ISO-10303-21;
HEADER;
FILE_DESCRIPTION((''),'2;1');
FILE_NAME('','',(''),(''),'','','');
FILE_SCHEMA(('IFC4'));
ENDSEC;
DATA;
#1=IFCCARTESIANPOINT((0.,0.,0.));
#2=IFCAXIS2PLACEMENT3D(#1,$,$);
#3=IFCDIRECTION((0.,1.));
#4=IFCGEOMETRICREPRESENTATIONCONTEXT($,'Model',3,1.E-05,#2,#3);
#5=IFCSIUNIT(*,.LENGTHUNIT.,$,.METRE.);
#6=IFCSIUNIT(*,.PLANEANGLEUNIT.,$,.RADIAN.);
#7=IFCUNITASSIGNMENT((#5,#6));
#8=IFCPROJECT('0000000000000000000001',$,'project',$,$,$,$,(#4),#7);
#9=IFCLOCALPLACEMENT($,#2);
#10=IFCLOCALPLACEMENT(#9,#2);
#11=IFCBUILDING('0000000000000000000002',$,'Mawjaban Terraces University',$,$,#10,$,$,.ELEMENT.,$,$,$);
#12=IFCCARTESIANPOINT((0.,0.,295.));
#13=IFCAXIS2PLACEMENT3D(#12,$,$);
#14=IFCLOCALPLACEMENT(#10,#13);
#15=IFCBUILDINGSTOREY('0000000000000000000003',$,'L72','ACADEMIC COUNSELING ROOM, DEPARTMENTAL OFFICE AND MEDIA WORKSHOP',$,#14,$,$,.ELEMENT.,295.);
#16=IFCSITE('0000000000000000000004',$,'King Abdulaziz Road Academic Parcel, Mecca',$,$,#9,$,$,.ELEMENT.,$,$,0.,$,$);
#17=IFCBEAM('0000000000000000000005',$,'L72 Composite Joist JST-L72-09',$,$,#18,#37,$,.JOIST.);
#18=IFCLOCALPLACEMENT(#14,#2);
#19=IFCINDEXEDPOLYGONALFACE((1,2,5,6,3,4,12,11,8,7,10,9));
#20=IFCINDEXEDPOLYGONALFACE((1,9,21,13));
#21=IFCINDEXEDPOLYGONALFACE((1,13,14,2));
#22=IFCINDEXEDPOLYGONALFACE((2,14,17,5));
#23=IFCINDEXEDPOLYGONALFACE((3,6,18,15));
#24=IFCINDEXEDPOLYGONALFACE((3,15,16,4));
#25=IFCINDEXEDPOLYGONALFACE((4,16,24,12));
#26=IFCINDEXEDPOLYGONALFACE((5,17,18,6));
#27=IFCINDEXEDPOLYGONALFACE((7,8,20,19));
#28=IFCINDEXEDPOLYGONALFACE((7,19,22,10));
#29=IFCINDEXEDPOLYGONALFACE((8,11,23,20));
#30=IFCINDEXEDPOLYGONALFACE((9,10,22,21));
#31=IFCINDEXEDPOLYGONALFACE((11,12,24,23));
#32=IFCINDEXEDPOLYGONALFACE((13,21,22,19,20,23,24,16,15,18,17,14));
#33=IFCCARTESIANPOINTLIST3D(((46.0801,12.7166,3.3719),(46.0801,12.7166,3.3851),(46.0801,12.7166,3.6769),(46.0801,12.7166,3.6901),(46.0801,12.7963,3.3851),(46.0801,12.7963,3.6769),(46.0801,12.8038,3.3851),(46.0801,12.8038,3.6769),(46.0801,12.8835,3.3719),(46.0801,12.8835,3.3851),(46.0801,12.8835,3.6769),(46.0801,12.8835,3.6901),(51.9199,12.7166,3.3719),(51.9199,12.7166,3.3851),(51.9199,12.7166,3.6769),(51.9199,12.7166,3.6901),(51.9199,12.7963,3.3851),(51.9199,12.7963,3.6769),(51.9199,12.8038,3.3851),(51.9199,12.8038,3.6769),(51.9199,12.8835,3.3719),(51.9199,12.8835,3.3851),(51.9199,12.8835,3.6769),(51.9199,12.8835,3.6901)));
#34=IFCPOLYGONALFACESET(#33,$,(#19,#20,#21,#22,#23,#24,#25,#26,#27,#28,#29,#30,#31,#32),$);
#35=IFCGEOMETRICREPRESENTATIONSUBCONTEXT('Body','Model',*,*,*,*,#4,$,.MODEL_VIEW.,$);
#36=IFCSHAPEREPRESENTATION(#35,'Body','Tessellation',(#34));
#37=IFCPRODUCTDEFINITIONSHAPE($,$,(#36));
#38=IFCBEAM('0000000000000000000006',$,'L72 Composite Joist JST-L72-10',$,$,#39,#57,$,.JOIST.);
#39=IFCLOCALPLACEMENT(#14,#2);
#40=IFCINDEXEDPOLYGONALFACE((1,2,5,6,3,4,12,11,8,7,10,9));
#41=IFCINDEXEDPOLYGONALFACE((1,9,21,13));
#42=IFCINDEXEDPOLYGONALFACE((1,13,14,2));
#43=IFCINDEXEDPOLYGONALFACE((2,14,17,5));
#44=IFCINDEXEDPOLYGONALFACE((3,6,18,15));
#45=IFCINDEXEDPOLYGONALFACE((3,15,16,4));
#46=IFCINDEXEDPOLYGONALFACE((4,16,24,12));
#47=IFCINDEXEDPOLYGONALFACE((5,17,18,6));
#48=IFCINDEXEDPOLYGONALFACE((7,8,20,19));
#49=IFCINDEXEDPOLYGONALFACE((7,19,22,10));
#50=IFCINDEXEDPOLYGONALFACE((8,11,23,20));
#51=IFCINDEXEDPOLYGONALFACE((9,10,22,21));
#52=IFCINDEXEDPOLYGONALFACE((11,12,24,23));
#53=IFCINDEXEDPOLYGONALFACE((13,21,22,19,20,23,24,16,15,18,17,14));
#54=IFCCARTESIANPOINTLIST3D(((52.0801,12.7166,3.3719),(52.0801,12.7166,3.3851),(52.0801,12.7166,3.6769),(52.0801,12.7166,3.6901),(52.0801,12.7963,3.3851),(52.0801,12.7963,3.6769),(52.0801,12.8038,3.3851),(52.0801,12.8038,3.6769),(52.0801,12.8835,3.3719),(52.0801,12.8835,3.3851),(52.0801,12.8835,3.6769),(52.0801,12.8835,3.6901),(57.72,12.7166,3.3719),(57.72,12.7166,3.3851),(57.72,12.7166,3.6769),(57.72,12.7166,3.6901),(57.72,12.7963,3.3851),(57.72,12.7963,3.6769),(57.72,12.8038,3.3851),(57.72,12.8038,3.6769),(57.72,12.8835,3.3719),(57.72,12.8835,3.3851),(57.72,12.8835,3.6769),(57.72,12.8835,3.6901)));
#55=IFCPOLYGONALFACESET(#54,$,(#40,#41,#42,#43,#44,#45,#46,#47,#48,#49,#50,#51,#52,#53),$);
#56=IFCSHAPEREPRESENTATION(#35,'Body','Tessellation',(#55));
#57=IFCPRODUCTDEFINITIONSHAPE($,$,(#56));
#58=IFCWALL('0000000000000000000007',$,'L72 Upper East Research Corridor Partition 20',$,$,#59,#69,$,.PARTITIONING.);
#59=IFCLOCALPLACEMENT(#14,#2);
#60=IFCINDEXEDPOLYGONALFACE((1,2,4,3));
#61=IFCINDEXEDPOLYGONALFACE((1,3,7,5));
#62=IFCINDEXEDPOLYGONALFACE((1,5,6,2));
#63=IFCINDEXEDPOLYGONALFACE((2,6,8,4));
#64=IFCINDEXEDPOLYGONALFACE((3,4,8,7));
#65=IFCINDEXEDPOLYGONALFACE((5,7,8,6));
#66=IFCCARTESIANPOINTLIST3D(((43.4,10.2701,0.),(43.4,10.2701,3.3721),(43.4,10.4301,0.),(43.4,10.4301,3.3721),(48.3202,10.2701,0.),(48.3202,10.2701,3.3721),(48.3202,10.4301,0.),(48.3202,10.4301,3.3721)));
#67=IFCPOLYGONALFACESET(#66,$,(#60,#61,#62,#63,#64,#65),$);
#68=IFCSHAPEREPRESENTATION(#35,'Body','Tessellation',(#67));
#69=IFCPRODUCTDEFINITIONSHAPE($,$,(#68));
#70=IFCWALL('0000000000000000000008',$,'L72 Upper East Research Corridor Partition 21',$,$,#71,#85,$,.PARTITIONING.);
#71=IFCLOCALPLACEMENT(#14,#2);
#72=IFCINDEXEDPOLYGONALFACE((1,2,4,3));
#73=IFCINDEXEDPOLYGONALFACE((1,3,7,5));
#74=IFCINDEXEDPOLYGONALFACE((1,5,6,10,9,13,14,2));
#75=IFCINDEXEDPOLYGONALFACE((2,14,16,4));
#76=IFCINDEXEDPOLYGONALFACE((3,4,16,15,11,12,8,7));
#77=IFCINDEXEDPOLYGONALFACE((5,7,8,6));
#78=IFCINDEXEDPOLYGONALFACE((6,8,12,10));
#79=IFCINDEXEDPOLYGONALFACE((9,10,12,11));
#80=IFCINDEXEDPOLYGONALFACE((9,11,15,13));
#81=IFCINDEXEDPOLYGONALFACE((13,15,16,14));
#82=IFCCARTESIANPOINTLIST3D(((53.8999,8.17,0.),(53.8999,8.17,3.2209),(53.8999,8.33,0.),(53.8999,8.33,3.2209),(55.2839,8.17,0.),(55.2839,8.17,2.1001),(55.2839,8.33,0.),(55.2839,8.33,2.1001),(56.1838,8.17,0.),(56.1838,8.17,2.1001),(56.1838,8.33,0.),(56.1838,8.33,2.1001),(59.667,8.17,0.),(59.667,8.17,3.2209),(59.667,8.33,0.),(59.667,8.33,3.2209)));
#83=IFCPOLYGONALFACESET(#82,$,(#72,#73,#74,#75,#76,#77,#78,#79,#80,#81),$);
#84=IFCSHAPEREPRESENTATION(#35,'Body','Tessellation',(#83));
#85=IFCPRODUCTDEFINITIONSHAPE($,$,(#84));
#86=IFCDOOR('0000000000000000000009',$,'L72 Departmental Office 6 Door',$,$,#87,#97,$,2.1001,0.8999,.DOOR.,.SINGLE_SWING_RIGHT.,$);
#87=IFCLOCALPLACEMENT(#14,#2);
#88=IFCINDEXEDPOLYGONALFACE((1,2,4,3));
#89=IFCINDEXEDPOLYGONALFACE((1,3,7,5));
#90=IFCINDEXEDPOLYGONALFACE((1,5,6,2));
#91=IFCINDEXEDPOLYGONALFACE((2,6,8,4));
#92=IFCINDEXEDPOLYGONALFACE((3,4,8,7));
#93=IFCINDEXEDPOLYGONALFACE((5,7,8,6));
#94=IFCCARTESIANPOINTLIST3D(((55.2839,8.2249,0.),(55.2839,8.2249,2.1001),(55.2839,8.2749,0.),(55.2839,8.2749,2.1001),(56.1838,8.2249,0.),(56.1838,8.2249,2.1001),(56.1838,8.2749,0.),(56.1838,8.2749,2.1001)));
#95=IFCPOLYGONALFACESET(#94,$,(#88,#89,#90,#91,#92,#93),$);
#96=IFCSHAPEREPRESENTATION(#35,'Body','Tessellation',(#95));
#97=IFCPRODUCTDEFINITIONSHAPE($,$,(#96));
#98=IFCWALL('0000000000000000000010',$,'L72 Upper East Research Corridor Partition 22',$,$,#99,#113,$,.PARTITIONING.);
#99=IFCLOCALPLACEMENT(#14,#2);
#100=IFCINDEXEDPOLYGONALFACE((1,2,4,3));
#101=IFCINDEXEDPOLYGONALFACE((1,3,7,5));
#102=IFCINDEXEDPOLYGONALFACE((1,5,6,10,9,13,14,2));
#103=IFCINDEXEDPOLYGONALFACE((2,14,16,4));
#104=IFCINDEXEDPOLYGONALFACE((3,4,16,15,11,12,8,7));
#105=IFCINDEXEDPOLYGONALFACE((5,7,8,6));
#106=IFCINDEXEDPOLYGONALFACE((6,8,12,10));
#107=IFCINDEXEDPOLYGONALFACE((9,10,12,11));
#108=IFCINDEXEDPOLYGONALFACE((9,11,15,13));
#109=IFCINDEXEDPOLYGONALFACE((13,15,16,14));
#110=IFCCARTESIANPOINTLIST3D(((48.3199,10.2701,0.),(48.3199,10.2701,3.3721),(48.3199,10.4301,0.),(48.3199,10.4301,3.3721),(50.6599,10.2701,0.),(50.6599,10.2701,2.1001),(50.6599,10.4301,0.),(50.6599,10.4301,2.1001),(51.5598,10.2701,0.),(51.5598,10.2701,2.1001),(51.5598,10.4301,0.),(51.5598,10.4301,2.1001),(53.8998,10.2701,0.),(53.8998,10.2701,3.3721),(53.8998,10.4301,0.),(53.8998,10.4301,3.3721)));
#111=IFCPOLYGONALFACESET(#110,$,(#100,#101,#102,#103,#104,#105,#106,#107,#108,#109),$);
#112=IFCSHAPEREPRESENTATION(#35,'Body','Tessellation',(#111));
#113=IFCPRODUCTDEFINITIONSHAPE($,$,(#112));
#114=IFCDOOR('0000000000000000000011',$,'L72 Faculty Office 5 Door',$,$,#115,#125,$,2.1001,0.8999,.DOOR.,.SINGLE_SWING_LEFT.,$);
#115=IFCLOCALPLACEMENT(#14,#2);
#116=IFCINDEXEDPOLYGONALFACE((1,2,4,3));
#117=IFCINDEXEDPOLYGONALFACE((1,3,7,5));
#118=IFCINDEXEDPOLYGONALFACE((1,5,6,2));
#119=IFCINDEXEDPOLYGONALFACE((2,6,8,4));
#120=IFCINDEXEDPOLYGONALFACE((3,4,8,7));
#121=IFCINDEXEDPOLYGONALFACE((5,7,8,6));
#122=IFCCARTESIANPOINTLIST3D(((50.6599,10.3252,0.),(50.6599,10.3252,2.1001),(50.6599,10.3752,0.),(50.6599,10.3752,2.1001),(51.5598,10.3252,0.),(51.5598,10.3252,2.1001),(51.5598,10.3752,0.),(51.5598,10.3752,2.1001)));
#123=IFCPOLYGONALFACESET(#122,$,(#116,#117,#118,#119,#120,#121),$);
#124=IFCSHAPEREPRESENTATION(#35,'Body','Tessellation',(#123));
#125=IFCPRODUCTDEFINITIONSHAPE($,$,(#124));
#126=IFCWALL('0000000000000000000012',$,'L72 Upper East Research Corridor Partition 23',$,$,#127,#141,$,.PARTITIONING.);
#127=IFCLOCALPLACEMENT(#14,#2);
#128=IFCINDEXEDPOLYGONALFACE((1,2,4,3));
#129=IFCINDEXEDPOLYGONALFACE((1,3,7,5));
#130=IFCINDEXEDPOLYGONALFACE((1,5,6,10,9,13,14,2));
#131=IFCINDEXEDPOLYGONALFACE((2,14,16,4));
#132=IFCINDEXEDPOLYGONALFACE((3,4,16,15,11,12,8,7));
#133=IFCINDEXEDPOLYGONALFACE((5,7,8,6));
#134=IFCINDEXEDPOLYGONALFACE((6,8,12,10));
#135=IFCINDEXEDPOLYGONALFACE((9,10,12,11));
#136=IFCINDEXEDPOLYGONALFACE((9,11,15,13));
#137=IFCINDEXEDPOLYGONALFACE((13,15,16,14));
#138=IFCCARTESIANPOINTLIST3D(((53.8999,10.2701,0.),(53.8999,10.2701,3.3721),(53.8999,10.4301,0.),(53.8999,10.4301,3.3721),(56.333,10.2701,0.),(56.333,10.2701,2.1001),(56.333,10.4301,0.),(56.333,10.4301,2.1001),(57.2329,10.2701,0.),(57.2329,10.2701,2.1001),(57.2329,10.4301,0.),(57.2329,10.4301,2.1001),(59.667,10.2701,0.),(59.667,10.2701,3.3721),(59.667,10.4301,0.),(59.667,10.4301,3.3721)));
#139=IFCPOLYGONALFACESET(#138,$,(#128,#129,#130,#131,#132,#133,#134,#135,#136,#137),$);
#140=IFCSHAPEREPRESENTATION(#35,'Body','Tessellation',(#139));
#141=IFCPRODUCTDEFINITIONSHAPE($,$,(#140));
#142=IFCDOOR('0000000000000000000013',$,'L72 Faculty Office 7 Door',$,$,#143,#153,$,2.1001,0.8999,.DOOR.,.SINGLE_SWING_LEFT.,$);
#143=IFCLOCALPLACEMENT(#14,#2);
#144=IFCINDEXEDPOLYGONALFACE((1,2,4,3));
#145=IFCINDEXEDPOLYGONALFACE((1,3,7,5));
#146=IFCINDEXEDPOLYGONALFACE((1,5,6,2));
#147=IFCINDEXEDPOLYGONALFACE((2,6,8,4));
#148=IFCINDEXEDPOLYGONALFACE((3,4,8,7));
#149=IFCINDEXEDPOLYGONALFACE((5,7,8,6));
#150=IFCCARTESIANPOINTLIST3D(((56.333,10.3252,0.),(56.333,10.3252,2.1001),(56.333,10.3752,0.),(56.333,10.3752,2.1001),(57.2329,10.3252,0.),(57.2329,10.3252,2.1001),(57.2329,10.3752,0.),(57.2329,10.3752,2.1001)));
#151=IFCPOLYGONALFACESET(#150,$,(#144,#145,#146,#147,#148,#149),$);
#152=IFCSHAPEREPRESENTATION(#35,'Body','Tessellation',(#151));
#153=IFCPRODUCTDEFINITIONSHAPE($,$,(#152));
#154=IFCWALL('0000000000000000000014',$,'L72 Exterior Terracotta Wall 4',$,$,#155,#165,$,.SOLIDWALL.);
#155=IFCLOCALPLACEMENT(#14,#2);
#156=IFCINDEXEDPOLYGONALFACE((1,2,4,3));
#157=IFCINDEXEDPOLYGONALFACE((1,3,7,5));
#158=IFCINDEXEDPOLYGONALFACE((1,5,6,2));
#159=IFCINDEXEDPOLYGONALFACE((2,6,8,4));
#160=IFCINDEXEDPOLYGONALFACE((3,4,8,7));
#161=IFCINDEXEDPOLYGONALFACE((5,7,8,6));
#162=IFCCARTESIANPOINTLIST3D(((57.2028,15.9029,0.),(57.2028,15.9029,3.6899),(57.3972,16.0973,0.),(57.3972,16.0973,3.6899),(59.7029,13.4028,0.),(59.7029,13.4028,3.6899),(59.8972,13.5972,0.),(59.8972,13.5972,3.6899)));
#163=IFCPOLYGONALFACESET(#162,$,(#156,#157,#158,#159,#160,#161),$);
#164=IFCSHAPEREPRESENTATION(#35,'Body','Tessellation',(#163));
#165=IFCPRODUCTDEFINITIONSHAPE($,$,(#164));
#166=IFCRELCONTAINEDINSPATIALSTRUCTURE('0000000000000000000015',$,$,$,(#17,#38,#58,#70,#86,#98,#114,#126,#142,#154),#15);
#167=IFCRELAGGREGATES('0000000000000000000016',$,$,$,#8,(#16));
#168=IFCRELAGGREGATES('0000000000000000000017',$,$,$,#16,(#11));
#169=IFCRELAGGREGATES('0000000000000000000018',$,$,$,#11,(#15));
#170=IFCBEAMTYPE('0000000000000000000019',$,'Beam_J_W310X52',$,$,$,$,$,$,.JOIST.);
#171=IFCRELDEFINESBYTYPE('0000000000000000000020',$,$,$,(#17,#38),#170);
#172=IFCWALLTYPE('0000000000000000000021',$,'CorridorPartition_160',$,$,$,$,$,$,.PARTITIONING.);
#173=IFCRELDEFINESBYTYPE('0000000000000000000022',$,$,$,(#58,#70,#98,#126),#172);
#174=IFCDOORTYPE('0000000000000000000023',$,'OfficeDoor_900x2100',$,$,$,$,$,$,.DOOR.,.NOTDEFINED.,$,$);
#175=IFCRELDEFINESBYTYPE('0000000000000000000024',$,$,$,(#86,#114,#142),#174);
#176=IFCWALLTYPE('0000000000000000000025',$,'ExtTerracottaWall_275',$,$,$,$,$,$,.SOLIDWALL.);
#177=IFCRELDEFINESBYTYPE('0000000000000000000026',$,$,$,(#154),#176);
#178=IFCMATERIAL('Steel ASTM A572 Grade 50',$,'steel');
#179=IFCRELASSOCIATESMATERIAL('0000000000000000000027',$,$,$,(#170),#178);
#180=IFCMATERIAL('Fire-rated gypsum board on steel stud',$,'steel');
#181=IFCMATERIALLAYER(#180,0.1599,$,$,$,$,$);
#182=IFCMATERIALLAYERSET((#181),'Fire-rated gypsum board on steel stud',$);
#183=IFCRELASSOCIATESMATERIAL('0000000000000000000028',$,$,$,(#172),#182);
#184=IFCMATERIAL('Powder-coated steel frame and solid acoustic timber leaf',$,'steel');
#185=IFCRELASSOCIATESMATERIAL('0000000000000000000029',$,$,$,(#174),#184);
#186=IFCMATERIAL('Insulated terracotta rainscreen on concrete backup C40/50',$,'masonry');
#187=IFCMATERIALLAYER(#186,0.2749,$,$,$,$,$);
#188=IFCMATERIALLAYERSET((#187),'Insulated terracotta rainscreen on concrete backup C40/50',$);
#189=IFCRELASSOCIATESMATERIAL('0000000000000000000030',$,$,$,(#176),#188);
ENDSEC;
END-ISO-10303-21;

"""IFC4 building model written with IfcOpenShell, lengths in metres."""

from ifc_helpers import new_model, si_unit, direction, frame, frame_2d, origin, origin_2d, place, context, subcontext, project, spatial, rectangle, i_section, extrude, material, layer, layer_set, material_profile, profile_set, type_object, element, fill, save


model = new_model("IFC4")

# Units and contexts
model_context = context("Model", 3, precision=1e-05, world=origin(), true_north=direction((0.0, 1.0)))
body_context = subcontext(model_context, "Body", "Model", "MODEL_VIEW")
ifc_project = project(units=[si_unit("LENGTHUNIT", "METRE"), si_unit("PLANEANGLEUNIT", "RADIAN")], contexts=[model_context])

# Site, building, storey
site_placement = place(None, origin())
site = spatial("IfcSite", under=ifc_project, at=site_placement, Name="King Abdulaziz Road Academic Parcel, Mecca", CompositionType="ELEMENT", RefElevation=0.0)
building_placement = place(site_placement, origin())
building = spatial("IfcBuilding", under=site, at=building_placement, Name="Mawjaban Terraces University", CompositionType="ELEMENT")
storey_placement = place(building_placement, frame((0.0, 0.0, 295.0)))
storey = spatial("IfcBuildingStorey", under=building, at=storey_placement, Name="L72", Description="ACADEMIC COUNSELING ROOM, DEPARTMENTAL OFFICE AND MEDIA WORKSHOP", CompositionType="ELEMENT", Elevation=295.0)

# Beams
ifc_material_1 = material(Name="Steel ASTM A572 Grade 50", Category="steel")
ifc_material_profile_1 = material_profile(ifc_material_1, i_section(OverallWidth=0.167, OverallDepth=0.3181, WebThickness=0.0076, FlangeThickness=0.0132, at=origin_2d()), Name="W310X52")
ifc_profile_set_1 = profile_set([ifc_material_profile_1], Name="Steel ASTM A572 Grade 50")
beam_type_1 = type_object("IfcBeamType", Name="Beam_J_W310X52", PredefinedType="JOIST", material=ifc_profile_set_1)
beam_1_placement = place(storey_placement, frame((46.0801, 12.8, 3.531), z_axis=(1.0, 0.0, 0.0), x_axis=(0.0, 1.0, 0.0)))
element("IfcBeam", 1, at=beam_1_placement, inside=storey, type_object=beam_type_1, Name="L72 Composite Joist JST-L72-09", PredefinedType="JOIST", context=body_context, shape_type="SweptSolid", body=[
    extrude(i_section(OverallWidth=0.167, OverallDepth=0.3181, WebThickness=0.0076, FlangeThickness=0.0132, at=origin_2d()), origin(), (0.0, 0.0, 1.0), 5.8398),
])
beam_2_placement = place(storey_placement, frame((52.0801, 12.8, 3.531), z_axis=(1.0, 0.0, 0.0), x_axis=(0.0, 1.0, 0.0)))
element("IfcBeam", 2, at=beam_2_placement, inside=storey, type_object=beam_type_1, Name="L72 Composite Joist JST-L72-10", PredefinedType="JOIST", context=body_context, shape_type="SweptSolid", body=[
    extrude(i_section(OverallWidth=0.167, OverallDepth=0.3181, WebThickness=0.0076, FlangeThickness=0.0132, at=origin_2d()), origin(), (0.0, 0.0, 1.0), 5.6399),
])

# Wall
ifc_material_2 = material(Name="Fire-rated gypsum board on steel stud", Category="steel")
ifc_layer_1 = layer(ifc_material_2, 0.1599)
ifc_layer_set_1 = layer_set([ifc_layer_1], Name="Fire-rated gypsum board on steel stud")
wall_type_1 = type_object("IfcWallType", Name="CorridorPartition_160", PredefinedType="PARTITIONING", material=ifc_layer_set_1)
wall_1_placement = place(storey_placement, frame((48.3201, 10.3501, 0.0), z_axis=(0.0, 0.0, 1.0), x_axis=(-1.0, 0.0, 0.0)))
element("IfcWall", 3, at=wall_1_placement, inside=storey, type_object=wall_type_1, Name="L72 Upper East Research Corridor Partition 20", PredefinedType="PARTITIONING", context=body_context, shape_type="SweptSolid", body=[
    extrude(rectangle(XDim=4.9202, YDim=0.1599, at=frame_2d((2.46, 0.0))), origin(), (0.0, 0.0, 1.0), 3.3721),
])

# Walls, openings, doors
wall_2_placement = place(storey_placement, frame((53.8999, 8.25, 0.0), z_axis=(0.0, 0.0, 1.0), x_axis=(1.0, 0.0, 0.0)))
wall_2 = element("IfcWall", 4, at=wall_2_placement, inside=storey, type_object=wall_type_1, Name="L72 Upper East Research Corridor Partition 21", PredefinedType="PARTITIONING", context=body_context, shape_type="SweptSolid", body=[
    extrude(rectangle(XDim=5.7671, YDim=0.1599, at=frame_2d((2.8835, 0.0))), origin(), (0.0, 0.0, 1.0), 3.2209),
])
opening_1_placement = place(wall_2_placement, frame((1.384, 0.0, 0.0)))
opening_1 = element("IfcOpeningElement", 5, at=opening_1_placement, cuts=wall_2, PredefinedType="OPENING", context=body_context, shape_type="SweptSolid", body=[
    extrude(rectangle(XDim=0.8999, YDim=2.1001, at=frame_2d((0.45, 1.05))), frame((0.0, 0.0898, 0.0), z_axis=(0.0, -1.0, 0.0), x_axis=(1.0, 0.0, 0.0)), (0.0, 0.0, 1.0), 0.1799),
])
ifc_material_3 = material(Name="Powder-coated steel frame and solid acoustic timber leaf", Category="steel")
door_type = type_object("IfcDoorType", Name="OfficeDoor_900x2100", OperationType="NOTDEFINED", PredefinedType="DOOR", material=ifc_material_3)
door_1_placement = place(opening_1_placement, origin())
door_1 = element("IfcDoor", 6, at=door_1_placement, inside=storey, type_object=door_type, Name="L72 Departmental Office 6 Door", OperationType="SINGLE_SWING_RIGHT", OverallHeight=2.1001, OverallWidth=0.8999, PredefinedType="DOOR", context=body_context, shape_type="SweptSolid", body=[
    extrude(rectangle(XDim=0.8999, YDim=2.1001, at=frame_2d((0.45, 1.05))), frame((0.0, 0.0249, 0.0), z_axis=(0.0, -1.0, 0.0), x_axis=(1.0, 0.0, 0.0)), (0.0, 0.0, 1.0), 0.05),
])
fill(opening_1, door_1)
wall_3_placement = place(storey_placement, frame((53.8999, 10.3501, 0.0), z_axis=(0.0, 0.0, 1.0), x_axis=(-1.0, 0.0, 0.0)))
wall_3 = element("IfcWall", 7, at=wall_3_placement, inside=storey, type_object=wall_type_1, Name="L72 Upper East Research Corridor Partition 22", PredefinedType="PARTITIONING", context=body_context, shape_type="SweptSolid", body=[
    extrude(rectangle(XDim=5.5798, YDim=0.1599, at=frame_2d((2.79, 0.0))), origin(), (0.0, 0.0, 1.0), 3.3721),
])
opening_2_placement = place(wall_3_placement, frame((2.3401, 0.0, 0.0)))
opening_2 = element("IfcOpeningElement", 8, at=opening_2_placement, cuts=wall_3, PredefinedType="OPENING", context=body_context, shape_type="SweptSolid", body=[
    extrude(rectangle(XDim=0.8999, YDim=2.1001, at=frame_2d((0.45, 1.05))), frame((0.0, 0.0898, 0.0), z_axis=(0.0, -1.0, 0.0), x_axis=(1.0, 0.0, 0.0)), (0.0, 0.0, 1.0), 0.1799),
])
door_2_placement = place(opening_2_placement, origin())
door_2 = element("IfcDoor", 9, at=door_2_placement, inside=storey, type_object=door_type, Name="L72 Faculty Office 5 Door", OperationType="SINGLE_SWING_LEFT", OverallHeight=2.1001, OverallWidth=0.8999, PredefinedType="DOOR", context=body_context, shape_type="SweptSolid", body=[
    extrude(rectangle(XDim=0.8999, YDim=2.1001, at=frame_2d((0.45, 1.05))), frame((0.0, 0.0249, 0.0), z_axis=(0.0, -1.0, 0.0), x_axis=(1.0, 0.0, 0.0)), (0.0, 0.0, 1.0), 0.05),
])
fill(opening_2, door_2)
wall_4_placement = place(storey_placement, frame((59.667, 10.3501, 0.0), z_axis=(0.0, 0.0, 1.0), x_axis=(-1.0, 0.0, 0.0)))
wall_4 = element("IfcWall", 10, at=wall_4_placement, inside=storey, type_object=wall_type_1, Name="L72 Upper East Research Corridor Partition 23", PredefinedType="PARTITIONING", context=body_context, shape_type="SweptSolid", body=[
    extrude(rectangle(XDim=5.7671, YDim=0.1599, at=frame_2d((2.8835, 0.0))), origin(), (0.0, 0.0, 1.0), 3.3721),
])
opening_3_placement = place(wall_4_placement, frame((2.4341, 0.0, 0.0)))
opening_3 = element("IfcOpeningElement", 11, at=opening_3_placement, cuts=wall_4, PredefinedType="OPENING", context=body_context, shape_type="SweptSolid", body=[
    extrude(rectangle(XDim=0.8999, YDim=2.1001, at=frame_2d((0.45, 1.05))), frame((0.0, 0.0898, 0.0), z_axis=(0.0, -1.0, 0.0), x_axis=(1.0, 0.0, 0.0)), (0.0, 0.0, 1.0), 0.1799),
])
door_3_placement = place(opening_3_placement, origin())
door_3 = element("IfcDoor", 12, at=door_3_placement, inside=storey, type_object=door_type, Name="L72 Faculty Office 7 Door", OperationType="SINGLE_SWING_LEFT", OverallHeight=2.1001, OverallWidth=0.8999, PredefinedType="DOOR", context=body_context, shape_type="SweptSolid", body=[
    extrude(rectangle(XDim=0.8999, YDim=2.1001, at=frame_2d((0.45, 1.05))), frame((0.0, 0.0249, 0.0), z_axis=(0.0, -1.0, 0.0), x_axis=(1.0, 0.0, 0.0)), (0.0, 0.0, 1.0), 0.05),
])
fill(opening_3, door_3)

# Wall
ifc_material_4 = material(Name="Insulated terracotta rainscreen on concrete backup C40/50", Category="masonry")
ifc_layer_2 = layer(ifc_material_4, 0.2749)
ifc_layer_set_2 = layer_set([ifc_layer_2], Name="Insulated terracotta rainscreen on concrete backup C40/50")
wall_type_2 = type_object("IfcWallType", Name="ExtTerracottaWall_275", PredefinedType="SOLIDWALL", material=ifc_layer_set_2)
wall_5_placement = place(storey_placement, frame((59.8, 13.5, 0.0), z_axis=(0.0, 0.0, 1.0), x_axis=(-0.707107, 0.707107, 0.0)))
element("IfcWall", 13, at=wall_5_placement, inside=storey, type_object=wall_type_2, Name="L72 Exterior Terracotta Wall 4", PredefinedType="SOLIDWALL", context=body_context, shape_type="SweptSolid", body=[
    extrude(rectangle(XDim=3.5356, YDim=0.2749, at=frame_2d((1.7678, 0.0))), origin(), (0.0, 0.0, 1.0), 3.6899),
])

save(model, "model.ifc")
